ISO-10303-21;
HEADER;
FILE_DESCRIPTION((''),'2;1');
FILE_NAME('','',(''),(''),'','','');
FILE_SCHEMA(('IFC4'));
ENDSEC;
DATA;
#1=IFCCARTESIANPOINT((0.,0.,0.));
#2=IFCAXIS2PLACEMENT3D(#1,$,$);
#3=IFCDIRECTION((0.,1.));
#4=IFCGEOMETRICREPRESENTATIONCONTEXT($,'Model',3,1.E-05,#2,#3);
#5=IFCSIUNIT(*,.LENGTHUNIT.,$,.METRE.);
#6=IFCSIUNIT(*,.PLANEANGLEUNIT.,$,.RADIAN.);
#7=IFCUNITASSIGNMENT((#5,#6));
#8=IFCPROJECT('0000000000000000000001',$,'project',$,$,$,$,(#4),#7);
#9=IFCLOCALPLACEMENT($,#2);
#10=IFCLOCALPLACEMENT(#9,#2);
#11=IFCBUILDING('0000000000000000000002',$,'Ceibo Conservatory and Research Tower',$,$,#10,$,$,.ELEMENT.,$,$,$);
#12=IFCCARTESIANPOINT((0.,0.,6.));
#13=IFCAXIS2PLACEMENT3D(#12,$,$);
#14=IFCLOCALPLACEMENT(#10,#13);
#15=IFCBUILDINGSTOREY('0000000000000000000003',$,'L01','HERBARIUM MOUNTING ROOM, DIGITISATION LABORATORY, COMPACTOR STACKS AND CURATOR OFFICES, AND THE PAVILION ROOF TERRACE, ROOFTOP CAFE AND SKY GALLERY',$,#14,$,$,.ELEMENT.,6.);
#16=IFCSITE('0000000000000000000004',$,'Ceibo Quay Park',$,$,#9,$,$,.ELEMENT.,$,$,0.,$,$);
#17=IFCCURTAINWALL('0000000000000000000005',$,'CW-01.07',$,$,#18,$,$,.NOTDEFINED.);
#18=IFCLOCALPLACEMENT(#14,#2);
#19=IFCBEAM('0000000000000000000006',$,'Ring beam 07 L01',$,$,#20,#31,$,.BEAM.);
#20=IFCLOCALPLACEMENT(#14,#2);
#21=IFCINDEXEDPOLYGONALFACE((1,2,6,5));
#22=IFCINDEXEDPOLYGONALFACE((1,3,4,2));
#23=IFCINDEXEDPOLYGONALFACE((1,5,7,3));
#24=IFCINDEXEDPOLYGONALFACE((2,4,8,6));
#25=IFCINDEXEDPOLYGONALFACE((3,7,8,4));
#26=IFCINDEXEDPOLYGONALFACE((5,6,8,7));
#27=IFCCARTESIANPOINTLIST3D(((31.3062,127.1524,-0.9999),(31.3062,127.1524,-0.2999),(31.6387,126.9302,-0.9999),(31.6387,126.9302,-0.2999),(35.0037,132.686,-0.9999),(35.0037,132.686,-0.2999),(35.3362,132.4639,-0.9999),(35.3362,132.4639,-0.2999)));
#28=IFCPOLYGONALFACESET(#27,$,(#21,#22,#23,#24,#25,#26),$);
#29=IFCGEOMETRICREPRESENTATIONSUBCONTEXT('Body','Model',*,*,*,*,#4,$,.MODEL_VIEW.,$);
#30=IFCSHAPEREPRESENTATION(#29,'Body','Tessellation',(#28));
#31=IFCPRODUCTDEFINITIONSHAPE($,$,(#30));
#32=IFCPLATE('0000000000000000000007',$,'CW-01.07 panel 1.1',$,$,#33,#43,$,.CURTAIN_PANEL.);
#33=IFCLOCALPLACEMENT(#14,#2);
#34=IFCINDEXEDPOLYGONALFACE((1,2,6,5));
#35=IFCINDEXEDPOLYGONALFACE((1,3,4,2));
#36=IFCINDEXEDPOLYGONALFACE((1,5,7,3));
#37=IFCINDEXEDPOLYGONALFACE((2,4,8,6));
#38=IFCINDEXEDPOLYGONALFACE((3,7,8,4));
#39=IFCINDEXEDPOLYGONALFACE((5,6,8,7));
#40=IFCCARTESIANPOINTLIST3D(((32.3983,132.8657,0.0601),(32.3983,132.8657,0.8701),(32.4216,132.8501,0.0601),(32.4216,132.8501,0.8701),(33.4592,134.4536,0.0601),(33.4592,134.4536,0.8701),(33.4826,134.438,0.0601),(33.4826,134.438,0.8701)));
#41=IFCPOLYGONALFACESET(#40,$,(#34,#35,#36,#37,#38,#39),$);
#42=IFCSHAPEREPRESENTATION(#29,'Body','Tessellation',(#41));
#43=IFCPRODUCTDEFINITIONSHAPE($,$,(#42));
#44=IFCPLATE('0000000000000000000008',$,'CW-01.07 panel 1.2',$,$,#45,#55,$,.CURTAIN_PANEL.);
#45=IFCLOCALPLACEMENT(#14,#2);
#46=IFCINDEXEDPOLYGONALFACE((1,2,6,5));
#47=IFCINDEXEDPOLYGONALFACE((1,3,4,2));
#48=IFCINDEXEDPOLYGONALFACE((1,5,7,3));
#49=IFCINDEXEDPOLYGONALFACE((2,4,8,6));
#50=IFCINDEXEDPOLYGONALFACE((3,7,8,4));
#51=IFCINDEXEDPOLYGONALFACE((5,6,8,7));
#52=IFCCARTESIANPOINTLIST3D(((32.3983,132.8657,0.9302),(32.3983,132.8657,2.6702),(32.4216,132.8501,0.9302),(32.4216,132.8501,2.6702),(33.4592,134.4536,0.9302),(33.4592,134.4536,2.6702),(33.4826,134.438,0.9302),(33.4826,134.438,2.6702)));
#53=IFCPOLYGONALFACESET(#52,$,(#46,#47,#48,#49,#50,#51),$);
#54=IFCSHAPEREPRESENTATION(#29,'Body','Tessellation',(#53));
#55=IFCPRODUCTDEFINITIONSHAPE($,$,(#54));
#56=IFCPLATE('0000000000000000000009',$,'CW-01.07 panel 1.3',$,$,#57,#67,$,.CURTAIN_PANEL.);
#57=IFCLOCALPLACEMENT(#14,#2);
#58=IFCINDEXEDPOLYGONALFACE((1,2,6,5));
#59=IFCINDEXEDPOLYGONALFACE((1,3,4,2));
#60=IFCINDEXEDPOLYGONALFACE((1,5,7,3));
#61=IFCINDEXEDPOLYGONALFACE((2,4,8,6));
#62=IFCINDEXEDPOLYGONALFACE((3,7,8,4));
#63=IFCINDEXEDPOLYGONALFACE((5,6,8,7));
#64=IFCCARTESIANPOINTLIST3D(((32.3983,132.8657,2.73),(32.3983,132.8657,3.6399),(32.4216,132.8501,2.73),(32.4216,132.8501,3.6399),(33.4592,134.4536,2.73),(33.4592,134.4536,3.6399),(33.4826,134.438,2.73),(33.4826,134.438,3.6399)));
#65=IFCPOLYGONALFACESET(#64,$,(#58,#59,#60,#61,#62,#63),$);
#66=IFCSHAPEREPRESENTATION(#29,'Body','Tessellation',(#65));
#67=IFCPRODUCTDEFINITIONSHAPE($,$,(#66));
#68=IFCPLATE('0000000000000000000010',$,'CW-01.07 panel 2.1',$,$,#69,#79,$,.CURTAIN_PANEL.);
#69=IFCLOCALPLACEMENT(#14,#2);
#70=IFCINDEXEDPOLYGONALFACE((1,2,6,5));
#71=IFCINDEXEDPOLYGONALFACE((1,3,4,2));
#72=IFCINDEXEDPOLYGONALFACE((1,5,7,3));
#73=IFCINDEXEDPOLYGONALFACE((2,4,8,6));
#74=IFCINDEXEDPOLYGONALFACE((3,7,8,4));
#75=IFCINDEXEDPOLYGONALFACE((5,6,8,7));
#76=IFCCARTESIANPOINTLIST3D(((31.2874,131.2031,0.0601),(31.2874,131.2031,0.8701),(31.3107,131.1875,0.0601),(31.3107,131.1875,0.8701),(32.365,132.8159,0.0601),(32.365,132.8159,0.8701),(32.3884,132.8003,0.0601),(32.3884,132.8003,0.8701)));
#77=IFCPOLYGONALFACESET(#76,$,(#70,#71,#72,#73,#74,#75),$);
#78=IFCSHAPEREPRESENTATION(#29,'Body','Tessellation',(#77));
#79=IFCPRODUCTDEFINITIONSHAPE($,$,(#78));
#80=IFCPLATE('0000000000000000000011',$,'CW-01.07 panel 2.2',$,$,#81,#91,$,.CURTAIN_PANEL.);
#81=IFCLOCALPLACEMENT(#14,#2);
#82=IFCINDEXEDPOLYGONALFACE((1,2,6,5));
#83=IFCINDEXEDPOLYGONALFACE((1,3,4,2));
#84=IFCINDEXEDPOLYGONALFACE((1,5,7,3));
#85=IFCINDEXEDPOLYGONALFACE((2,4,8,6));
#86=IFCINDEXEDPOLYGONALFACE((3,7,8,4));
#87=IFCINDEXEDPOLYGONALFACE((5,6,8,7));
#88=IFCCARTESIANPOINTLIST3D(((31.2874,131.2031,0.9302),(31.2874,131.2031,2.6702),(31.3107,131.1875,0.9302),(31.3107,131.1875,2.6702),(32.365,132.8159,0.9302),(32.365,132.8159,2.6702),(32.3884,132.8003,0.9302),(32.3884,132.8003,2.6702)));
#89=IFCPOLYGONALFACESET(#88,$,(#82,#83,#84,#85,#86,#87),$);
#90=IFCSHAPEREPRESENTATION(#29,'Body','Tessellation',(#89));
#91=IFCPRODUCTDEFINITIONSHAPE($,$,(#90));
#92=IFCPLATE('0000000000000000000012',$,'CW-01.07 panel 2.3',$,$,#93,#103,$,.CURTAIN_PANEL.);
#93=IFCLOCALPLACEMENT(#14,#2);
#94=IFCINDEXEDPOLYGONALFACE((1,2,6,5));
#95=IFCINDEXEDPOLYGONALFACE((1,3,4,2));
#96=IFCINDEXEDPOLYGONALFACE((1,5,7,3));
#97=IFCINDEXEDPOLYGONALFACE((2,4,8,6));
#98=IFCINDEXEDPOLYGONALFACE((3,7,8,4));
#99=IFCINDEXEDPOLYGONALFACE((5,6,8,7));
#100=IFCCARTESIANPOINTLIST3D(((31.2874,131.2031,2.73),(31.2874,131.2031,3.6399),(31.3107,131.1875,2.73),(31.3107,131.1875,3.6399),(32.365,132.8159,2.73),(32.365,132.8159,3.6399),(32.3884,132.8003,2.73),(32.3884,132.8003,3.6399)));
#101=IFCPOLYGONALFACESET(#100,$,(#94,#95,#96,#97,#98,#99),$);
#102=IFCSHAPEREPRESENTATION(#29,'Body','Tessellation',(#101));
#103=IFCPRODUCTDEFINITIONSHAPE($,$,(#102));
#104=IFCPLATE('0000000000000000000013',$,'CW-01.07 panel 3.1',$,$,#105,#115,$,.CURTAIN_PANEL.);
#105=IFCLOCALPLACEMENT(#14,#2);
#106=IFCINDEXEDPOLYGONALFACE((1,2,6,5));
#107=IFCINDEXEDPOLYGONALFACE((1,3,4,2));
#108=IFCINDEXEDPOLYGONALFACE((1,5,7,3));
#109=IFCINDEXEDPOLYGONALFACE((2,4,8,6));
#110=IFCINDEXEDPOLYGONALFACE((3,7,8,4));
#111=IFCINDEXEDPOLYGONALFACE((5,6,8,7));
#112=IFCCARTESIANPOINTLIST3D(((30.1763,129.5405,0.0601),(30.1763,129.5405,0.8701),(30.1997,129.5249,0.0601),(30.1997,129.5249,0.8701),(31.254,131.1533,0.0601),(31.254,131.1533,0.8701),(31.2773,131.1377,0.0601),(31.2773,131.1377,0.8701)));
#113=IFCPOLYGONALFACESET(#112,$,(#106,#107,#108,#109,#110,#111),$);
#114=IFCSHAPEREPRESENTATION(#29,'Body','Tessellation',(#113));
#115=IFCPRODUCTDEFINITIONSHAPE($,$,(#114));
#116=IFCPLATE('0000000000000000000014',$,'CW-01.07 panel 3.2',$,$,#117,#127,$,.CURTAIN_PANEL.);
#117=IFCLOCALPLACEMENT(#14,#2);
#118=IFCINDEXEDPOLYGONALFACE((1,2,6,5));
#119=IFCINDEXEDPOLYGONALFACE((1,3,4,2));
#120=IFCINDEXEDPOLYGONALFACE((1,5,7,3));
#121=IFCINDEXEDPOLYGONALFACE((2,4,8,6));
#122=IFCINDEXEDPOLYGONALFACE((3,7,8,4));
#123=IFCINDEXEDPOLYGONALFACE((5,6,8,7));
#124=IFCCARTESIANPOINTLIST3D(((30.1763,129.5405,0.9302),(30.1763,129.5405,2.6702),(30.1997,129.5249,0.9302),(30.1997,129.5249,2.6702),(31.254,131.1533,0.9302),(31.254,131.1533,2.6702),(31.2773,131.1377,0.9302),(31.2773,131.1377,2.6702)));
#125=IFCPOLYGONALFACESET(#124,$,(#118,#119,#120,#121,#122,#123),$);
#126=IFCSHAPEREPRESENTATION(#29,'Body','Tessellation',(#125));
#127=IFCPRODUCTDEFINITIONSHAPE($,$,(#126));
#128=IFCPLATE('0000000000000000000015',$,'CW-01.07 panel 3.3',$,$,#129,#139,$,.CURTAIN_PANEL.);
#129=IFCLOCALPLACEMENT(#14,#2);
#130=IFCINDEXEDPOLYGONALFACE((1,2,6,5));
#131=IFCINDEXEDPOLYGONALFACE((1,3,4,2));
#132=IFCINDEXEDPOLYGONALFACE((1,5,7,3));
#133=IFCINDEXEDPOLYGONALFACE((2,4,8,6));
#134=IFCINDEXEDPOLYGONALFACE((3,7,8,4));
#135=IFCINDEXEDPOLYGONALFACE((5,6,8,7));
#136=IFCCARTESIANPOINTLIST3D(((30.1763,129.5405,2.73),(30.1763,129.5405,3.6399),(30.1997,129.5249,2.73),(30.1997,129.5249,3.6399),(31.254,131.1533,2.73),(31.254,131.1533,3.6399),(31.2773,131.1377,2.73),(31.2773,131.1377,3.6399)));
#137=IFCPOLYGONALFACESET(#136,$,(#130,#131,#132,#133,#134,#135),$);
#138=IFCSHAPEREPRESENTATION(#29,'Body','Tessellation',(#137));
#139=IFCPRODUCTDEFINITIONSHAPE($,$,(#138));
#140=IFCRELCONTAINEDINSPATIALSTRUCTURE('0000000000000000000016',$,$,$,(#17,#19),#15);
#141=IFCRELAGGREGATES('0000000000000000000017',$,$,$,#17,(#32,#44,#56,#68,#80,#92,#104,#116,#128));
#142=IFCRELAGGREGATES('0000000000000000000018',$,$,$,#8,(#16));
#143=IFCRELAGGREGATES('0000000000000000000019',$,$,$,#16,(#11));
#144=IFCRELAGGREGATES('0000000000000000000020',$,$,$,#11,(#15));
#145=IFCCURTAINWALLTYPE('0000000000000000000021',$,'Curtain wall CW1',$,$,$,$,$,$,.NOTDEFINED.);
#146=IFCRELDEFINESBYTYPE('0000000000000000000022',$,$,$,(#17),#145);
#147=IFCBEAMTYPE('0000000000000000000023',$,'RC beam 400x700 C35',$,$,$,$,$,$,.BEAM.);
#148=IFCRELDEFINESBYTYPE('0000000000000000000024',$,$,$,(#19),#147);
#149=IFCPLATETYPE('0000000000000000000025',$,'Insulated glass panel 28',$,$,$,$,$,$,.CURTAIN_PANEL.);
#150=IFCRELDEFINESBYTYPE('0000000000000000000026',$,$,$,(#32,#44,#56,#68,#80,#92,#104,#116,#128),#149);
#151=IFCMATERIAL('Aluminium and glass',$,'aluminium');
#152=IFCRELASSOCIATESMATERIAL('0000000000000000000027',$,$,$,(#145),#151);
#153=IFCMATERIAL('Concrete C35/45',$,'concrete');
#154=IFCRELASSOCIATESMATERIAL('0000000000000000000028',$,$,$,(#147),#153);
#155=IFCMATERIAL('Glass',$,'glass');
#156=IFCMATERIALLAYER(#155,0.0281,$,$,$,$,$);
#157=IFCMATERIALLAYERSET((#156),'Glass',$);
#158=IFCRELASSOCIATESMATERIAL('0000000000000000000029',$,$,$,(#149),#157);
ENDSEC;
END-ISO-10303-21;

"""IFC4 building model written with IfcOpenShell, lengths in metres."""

from ifc_helpers import new_model, si_unit, direction, frame, origin, origin_2d, place, context, subcontext, project, spatial, rectangle, extrude, material, layer, layer_set, material_profile, profile_set, type_object, element, aggregate, save


model = new_model("IFC4")

# Units and contexts
model_context = context("Model", 3, precision=1e-05, world=origin(), true_north=direction((0.0, 1.0)))
body_context = subcontext(model_context, "Body", "Model", "MODEL_VIEW")
ifc_project = project(units=[si_unit("LENGTHUNIT", "METRE"), si_unit("PLANEANGLEUNIT", "RADIAN")], contexts=[model_context])

# Site, building, storey
site_placement = place(None, origin())
site = spatial("IfcSite", under=ifc_project, at=site_placement, Name="Ceibo Quay Park", CompositionType="ELEMENT", RefElevation=0.0)
building_placement = place(site_placement, origin())
building = spatial("IfcBuilding", under=site, at=building_placement, Name="Ceibo Conservatory and Research Tower", CompositionType="ELEMENT")
storey_placement = place(building_placement, frame((0.0, 0.0, 6.0)))
storey = spatial("IfcBuildingStorey", under=building, at=storey_placement, Name="L01", Description="HERBARIUM MOUNTING ROOM, DIGITISATION LABORATORY, COMPACTOR STACKS AND CURATOR OFFICES, AND THE PAVILION ROOF TERRACE, ROOFTOP CAFE AND SKY GALLERY", CompositionType="ELEMENT", Elevation=6.0)

# Curtain wall
ifc_material_1 = material(Name="Aluminium and glass", Category="aluminium")
curtain_wall_type = type_object("IfcCurtainWallType", Name="Curtain wall CW1", PredefinedType="NOTDEFINED", material=ifc_material_1)
curtain_wall_placement = place(storey_placement, origin())
curtain_wall = element("IfcCurtainWall", 1, at=curtain_wall_placement, inside=storey, type_object=curtain_wall_type, Name="CW-01.07", PredefinedType="NOTDEFINED")

# Beam
ifc_material_2 = material(Name="Concrete C35/45", Category="concrete")
ifc_material_profile_1 = material_profile(ifc_material_2, rectangle(XDim=0.3999, YDim=0.7, at=origin_2d()), Name="RC 400x700")
ifc_profile_set_1 = profile_set([ifc_material_profile_1], Name="Concrete C35/45")
beam_type = type_object("IfcBeamType", Name="RC beam 400x700 C35", PredefinedType="BEAM", material=ifc_profile_set_1)
beam_placement = place(storey_placement, frame((35.1699, 132.575, -0.6499), z_axis=(-0.555572, -0.831469, 0.0), x_axis=(0.831469, -0.555572, 0.0)))
element("IfcBeam", 2, at=beam_placement, inside=storey, type_object=beam_type, Name="Ring beam 07 L01", PredefinedType="BEAM", context=body_context, shape_type="SweptSolid", body=[
    extrude(rectangle(XDim=0.3999, YDim=0.7, at=origin_2d()), origin(), (0.0, 0.0, 1.0), 6.6553),
])

# Plates
ifc_material_3 = material(Name="Glass", Category="glass")
ifc_layer = layer(ifc_material_3, 0.0281)
ifc_layer_set = layer_set([ifc_layer], Name="Glass")
plate_type = type_object("IfcPlateType", Name="Insulated glass panel 28", PredefinedType="CURTAIN_PANEL", material=ifc_layer_set)
plate_1_placement = place(storey_placement, frame((32.9404, 133.6519, 0.0601), z_axis=(0.0, 0.0, 1.0), x_axis=(-0.55557, -0.83147, 0.0)))
plate_1 = element("IfcPlate", 3, at=plate_1_placement, type_object=plate_type, Name="CW-01.07 panel 1.1", PredefinedType="CURTAIN_PANEL", context=body_context, shape_type="SweptSolid", body=[
    extrude(rectangle(XDim=1.9097, YDim=0.0281, at=origin_2d()), origin(), (0.0, 0.0, 1.0), 0.8101),
])
plate_2_placement = place(storey_placement, frame((32.9404, 133.6519, 0.9302), z_axis=(0.0, 0.0, 1.0), x_axis=(-0.55557, -0.83147, 0.0)))
plate_2 = element("IfcPlate", 4, at=plate_2_placement, type_object=plate_type, Name="CW-01.07 panel 1.2", PredefinedType="CURTAIN_PANEL", context=body_context, shape_type="SweptSolid", body=[
    extrude(rectangle(XDim=1.9097, YDim=0.0281, at=origin_2d()), origin(), (0.0, 0.0, 1.0), 1.74),
])
plate_3_placement = place(storey_placement, frame((32.9404, 133.6519, 2.73), z_axis=(0.0, 0.0, 1.0), x_axis=(-0.55557, -0.83147, 0.0)))
plate_3 = element("IfcPlate", 5, at=plate_3_placement, type_object=plate_type, Name="CW-01.07 panel 1.3", PredefinedType="CURTAIN_PANEL", context=body_context, shape_type="SweptSolid", body=[
    extrude(rectangle(XDim=1.9097, YDim=0.0281, at=origin_2d()), origin(), (0.0, 0.0, 1.0), 0.9099),
])
plate_4_placement = place(storey_placement, frame((31.8379, 132.0017, 0.0601), z_axis=(0.0, 0.0, 1.0), x_axis=(-0.55557, -0.83147, 0.0)))
plate_4 = element("IfcPlate", 6, at=plate_4_placement, type_object=plate_type, Name="CW-01.07 panel 2.1", PredefinedType="CURTAIN_PANEL", context=body_context, shape_type="SweptSolid", body=[
    extrude(rectangle(XDim=1.9397, YDim=0.0281, at=origin_2d()), origin(), (0.0, 0.0, 1.0), 0.8101),
])
plate_5_placement = place(storey_placement, frame((31.8379, 132.0017, 0.9302), z_axis=(0.0, 0.0, 1.0), x_axis=(-0.55557, -0.83147, 0.0)))
plate_5 = element("IfcPlate", 7, at=plate_5_placement, type_object=plate_type, Name="CW-01.07 panel 2.2", PredefinedType="CURTAIN_PANEL", context=body_context, shape_type="SweptSolid", body=[
    extrude(rectangle(XDim=1.9397, YDim=0.0281, at=origin_2d()), origin(), (0.0, 0.0, 1.0), 1.74),
])
plate_6_placement = place(storey_placement, frame((31.8379, 132.0017, 2.73), z_axis=(0.0, 0.0, 1.0), x_axis=(-0.55557, -0.83147, 0.0)))
plate_6 = element("IfcPlate", 8, at=plate_6_placement, type_object=plate_type, Name="CW-01.07 panel 2.3", PredefinedType="CURTAIN_PANEL", context=body_context, shape_type="SweptSolid", body=[
    extrude(rectangle(XDim=1.9397, YDim=0.0281, at=origin_2d()), origin(), (0.0, 0.0, 1.0), 0.9099),
])
plate_7_placement = place(storey_placement, frame((30.7268, 130.3391, 0.0601), z_axis=(0.0, 0.0, 1.0), x_axis=(-0.55557, -0.83147, 0.0)))
plate_7 = element("IfcPlate", 9, at=plate_7_placement, type_object=plate_type, Name="CW-01.07 panel 3.1", PredefinedType="CURTAIN_PANEL", context=body_context, shape_type="SweptSolid", body=[
    extrude(rectangle(XDim=1.9397, YDim=0.0281, at=origin_2d()), origin(), (0.0, 0.0, 1.0), 0.8101),
])
plate_8_placement = place(storey_placement, frame((30.7268, 130.3391, 0.9302), z_axis=(0.0, 0.0, 1.0), x_axis=(-0.55557, -0.83147, 0.0)))
plate_8 = element("IfcPlate", 10, at=plate_8_placement, type_object=plate_type, Name="CW-01.07 panel 3.2", PredefinedType="CURTAIN_PANEL", context=body_context, shape_type="SweptSolid", body=[
    extrude(rectangle(XDim=1.9397, YDim=0.0281, at=origin_2d()), origin(), (0.0, 0.0, 1.0), 1.74),
])
plate_9_placement = place(storey_placement, frame((30.7268, 130.3391, 2.73), z_axis=(0.0, 0.0, 1.0), x_axis=(-0.55557, -0.83147, 0.0)))
plate_9 = element("IfcPlate", 11, at=plate_9_placement, type_object=plate_type, Name="CW-01.07 panel 3.3", PredefinedType="CURTAIN_PANEL", context=body_context, shape_type="SweptSolid", body=[
    extrude(rectangle(XDim=1.9397, YDim=0.0281, at=origin_2d()), origin(), (0.0, 0.0, 1.0), 0.9099),
])
aggregate(curtain_wall, [plate_1, plate_2, plate_3, plate_4, plate_5, plate_6, plate_7, plate_8, plate_9])

save(model, "model.ifc")
